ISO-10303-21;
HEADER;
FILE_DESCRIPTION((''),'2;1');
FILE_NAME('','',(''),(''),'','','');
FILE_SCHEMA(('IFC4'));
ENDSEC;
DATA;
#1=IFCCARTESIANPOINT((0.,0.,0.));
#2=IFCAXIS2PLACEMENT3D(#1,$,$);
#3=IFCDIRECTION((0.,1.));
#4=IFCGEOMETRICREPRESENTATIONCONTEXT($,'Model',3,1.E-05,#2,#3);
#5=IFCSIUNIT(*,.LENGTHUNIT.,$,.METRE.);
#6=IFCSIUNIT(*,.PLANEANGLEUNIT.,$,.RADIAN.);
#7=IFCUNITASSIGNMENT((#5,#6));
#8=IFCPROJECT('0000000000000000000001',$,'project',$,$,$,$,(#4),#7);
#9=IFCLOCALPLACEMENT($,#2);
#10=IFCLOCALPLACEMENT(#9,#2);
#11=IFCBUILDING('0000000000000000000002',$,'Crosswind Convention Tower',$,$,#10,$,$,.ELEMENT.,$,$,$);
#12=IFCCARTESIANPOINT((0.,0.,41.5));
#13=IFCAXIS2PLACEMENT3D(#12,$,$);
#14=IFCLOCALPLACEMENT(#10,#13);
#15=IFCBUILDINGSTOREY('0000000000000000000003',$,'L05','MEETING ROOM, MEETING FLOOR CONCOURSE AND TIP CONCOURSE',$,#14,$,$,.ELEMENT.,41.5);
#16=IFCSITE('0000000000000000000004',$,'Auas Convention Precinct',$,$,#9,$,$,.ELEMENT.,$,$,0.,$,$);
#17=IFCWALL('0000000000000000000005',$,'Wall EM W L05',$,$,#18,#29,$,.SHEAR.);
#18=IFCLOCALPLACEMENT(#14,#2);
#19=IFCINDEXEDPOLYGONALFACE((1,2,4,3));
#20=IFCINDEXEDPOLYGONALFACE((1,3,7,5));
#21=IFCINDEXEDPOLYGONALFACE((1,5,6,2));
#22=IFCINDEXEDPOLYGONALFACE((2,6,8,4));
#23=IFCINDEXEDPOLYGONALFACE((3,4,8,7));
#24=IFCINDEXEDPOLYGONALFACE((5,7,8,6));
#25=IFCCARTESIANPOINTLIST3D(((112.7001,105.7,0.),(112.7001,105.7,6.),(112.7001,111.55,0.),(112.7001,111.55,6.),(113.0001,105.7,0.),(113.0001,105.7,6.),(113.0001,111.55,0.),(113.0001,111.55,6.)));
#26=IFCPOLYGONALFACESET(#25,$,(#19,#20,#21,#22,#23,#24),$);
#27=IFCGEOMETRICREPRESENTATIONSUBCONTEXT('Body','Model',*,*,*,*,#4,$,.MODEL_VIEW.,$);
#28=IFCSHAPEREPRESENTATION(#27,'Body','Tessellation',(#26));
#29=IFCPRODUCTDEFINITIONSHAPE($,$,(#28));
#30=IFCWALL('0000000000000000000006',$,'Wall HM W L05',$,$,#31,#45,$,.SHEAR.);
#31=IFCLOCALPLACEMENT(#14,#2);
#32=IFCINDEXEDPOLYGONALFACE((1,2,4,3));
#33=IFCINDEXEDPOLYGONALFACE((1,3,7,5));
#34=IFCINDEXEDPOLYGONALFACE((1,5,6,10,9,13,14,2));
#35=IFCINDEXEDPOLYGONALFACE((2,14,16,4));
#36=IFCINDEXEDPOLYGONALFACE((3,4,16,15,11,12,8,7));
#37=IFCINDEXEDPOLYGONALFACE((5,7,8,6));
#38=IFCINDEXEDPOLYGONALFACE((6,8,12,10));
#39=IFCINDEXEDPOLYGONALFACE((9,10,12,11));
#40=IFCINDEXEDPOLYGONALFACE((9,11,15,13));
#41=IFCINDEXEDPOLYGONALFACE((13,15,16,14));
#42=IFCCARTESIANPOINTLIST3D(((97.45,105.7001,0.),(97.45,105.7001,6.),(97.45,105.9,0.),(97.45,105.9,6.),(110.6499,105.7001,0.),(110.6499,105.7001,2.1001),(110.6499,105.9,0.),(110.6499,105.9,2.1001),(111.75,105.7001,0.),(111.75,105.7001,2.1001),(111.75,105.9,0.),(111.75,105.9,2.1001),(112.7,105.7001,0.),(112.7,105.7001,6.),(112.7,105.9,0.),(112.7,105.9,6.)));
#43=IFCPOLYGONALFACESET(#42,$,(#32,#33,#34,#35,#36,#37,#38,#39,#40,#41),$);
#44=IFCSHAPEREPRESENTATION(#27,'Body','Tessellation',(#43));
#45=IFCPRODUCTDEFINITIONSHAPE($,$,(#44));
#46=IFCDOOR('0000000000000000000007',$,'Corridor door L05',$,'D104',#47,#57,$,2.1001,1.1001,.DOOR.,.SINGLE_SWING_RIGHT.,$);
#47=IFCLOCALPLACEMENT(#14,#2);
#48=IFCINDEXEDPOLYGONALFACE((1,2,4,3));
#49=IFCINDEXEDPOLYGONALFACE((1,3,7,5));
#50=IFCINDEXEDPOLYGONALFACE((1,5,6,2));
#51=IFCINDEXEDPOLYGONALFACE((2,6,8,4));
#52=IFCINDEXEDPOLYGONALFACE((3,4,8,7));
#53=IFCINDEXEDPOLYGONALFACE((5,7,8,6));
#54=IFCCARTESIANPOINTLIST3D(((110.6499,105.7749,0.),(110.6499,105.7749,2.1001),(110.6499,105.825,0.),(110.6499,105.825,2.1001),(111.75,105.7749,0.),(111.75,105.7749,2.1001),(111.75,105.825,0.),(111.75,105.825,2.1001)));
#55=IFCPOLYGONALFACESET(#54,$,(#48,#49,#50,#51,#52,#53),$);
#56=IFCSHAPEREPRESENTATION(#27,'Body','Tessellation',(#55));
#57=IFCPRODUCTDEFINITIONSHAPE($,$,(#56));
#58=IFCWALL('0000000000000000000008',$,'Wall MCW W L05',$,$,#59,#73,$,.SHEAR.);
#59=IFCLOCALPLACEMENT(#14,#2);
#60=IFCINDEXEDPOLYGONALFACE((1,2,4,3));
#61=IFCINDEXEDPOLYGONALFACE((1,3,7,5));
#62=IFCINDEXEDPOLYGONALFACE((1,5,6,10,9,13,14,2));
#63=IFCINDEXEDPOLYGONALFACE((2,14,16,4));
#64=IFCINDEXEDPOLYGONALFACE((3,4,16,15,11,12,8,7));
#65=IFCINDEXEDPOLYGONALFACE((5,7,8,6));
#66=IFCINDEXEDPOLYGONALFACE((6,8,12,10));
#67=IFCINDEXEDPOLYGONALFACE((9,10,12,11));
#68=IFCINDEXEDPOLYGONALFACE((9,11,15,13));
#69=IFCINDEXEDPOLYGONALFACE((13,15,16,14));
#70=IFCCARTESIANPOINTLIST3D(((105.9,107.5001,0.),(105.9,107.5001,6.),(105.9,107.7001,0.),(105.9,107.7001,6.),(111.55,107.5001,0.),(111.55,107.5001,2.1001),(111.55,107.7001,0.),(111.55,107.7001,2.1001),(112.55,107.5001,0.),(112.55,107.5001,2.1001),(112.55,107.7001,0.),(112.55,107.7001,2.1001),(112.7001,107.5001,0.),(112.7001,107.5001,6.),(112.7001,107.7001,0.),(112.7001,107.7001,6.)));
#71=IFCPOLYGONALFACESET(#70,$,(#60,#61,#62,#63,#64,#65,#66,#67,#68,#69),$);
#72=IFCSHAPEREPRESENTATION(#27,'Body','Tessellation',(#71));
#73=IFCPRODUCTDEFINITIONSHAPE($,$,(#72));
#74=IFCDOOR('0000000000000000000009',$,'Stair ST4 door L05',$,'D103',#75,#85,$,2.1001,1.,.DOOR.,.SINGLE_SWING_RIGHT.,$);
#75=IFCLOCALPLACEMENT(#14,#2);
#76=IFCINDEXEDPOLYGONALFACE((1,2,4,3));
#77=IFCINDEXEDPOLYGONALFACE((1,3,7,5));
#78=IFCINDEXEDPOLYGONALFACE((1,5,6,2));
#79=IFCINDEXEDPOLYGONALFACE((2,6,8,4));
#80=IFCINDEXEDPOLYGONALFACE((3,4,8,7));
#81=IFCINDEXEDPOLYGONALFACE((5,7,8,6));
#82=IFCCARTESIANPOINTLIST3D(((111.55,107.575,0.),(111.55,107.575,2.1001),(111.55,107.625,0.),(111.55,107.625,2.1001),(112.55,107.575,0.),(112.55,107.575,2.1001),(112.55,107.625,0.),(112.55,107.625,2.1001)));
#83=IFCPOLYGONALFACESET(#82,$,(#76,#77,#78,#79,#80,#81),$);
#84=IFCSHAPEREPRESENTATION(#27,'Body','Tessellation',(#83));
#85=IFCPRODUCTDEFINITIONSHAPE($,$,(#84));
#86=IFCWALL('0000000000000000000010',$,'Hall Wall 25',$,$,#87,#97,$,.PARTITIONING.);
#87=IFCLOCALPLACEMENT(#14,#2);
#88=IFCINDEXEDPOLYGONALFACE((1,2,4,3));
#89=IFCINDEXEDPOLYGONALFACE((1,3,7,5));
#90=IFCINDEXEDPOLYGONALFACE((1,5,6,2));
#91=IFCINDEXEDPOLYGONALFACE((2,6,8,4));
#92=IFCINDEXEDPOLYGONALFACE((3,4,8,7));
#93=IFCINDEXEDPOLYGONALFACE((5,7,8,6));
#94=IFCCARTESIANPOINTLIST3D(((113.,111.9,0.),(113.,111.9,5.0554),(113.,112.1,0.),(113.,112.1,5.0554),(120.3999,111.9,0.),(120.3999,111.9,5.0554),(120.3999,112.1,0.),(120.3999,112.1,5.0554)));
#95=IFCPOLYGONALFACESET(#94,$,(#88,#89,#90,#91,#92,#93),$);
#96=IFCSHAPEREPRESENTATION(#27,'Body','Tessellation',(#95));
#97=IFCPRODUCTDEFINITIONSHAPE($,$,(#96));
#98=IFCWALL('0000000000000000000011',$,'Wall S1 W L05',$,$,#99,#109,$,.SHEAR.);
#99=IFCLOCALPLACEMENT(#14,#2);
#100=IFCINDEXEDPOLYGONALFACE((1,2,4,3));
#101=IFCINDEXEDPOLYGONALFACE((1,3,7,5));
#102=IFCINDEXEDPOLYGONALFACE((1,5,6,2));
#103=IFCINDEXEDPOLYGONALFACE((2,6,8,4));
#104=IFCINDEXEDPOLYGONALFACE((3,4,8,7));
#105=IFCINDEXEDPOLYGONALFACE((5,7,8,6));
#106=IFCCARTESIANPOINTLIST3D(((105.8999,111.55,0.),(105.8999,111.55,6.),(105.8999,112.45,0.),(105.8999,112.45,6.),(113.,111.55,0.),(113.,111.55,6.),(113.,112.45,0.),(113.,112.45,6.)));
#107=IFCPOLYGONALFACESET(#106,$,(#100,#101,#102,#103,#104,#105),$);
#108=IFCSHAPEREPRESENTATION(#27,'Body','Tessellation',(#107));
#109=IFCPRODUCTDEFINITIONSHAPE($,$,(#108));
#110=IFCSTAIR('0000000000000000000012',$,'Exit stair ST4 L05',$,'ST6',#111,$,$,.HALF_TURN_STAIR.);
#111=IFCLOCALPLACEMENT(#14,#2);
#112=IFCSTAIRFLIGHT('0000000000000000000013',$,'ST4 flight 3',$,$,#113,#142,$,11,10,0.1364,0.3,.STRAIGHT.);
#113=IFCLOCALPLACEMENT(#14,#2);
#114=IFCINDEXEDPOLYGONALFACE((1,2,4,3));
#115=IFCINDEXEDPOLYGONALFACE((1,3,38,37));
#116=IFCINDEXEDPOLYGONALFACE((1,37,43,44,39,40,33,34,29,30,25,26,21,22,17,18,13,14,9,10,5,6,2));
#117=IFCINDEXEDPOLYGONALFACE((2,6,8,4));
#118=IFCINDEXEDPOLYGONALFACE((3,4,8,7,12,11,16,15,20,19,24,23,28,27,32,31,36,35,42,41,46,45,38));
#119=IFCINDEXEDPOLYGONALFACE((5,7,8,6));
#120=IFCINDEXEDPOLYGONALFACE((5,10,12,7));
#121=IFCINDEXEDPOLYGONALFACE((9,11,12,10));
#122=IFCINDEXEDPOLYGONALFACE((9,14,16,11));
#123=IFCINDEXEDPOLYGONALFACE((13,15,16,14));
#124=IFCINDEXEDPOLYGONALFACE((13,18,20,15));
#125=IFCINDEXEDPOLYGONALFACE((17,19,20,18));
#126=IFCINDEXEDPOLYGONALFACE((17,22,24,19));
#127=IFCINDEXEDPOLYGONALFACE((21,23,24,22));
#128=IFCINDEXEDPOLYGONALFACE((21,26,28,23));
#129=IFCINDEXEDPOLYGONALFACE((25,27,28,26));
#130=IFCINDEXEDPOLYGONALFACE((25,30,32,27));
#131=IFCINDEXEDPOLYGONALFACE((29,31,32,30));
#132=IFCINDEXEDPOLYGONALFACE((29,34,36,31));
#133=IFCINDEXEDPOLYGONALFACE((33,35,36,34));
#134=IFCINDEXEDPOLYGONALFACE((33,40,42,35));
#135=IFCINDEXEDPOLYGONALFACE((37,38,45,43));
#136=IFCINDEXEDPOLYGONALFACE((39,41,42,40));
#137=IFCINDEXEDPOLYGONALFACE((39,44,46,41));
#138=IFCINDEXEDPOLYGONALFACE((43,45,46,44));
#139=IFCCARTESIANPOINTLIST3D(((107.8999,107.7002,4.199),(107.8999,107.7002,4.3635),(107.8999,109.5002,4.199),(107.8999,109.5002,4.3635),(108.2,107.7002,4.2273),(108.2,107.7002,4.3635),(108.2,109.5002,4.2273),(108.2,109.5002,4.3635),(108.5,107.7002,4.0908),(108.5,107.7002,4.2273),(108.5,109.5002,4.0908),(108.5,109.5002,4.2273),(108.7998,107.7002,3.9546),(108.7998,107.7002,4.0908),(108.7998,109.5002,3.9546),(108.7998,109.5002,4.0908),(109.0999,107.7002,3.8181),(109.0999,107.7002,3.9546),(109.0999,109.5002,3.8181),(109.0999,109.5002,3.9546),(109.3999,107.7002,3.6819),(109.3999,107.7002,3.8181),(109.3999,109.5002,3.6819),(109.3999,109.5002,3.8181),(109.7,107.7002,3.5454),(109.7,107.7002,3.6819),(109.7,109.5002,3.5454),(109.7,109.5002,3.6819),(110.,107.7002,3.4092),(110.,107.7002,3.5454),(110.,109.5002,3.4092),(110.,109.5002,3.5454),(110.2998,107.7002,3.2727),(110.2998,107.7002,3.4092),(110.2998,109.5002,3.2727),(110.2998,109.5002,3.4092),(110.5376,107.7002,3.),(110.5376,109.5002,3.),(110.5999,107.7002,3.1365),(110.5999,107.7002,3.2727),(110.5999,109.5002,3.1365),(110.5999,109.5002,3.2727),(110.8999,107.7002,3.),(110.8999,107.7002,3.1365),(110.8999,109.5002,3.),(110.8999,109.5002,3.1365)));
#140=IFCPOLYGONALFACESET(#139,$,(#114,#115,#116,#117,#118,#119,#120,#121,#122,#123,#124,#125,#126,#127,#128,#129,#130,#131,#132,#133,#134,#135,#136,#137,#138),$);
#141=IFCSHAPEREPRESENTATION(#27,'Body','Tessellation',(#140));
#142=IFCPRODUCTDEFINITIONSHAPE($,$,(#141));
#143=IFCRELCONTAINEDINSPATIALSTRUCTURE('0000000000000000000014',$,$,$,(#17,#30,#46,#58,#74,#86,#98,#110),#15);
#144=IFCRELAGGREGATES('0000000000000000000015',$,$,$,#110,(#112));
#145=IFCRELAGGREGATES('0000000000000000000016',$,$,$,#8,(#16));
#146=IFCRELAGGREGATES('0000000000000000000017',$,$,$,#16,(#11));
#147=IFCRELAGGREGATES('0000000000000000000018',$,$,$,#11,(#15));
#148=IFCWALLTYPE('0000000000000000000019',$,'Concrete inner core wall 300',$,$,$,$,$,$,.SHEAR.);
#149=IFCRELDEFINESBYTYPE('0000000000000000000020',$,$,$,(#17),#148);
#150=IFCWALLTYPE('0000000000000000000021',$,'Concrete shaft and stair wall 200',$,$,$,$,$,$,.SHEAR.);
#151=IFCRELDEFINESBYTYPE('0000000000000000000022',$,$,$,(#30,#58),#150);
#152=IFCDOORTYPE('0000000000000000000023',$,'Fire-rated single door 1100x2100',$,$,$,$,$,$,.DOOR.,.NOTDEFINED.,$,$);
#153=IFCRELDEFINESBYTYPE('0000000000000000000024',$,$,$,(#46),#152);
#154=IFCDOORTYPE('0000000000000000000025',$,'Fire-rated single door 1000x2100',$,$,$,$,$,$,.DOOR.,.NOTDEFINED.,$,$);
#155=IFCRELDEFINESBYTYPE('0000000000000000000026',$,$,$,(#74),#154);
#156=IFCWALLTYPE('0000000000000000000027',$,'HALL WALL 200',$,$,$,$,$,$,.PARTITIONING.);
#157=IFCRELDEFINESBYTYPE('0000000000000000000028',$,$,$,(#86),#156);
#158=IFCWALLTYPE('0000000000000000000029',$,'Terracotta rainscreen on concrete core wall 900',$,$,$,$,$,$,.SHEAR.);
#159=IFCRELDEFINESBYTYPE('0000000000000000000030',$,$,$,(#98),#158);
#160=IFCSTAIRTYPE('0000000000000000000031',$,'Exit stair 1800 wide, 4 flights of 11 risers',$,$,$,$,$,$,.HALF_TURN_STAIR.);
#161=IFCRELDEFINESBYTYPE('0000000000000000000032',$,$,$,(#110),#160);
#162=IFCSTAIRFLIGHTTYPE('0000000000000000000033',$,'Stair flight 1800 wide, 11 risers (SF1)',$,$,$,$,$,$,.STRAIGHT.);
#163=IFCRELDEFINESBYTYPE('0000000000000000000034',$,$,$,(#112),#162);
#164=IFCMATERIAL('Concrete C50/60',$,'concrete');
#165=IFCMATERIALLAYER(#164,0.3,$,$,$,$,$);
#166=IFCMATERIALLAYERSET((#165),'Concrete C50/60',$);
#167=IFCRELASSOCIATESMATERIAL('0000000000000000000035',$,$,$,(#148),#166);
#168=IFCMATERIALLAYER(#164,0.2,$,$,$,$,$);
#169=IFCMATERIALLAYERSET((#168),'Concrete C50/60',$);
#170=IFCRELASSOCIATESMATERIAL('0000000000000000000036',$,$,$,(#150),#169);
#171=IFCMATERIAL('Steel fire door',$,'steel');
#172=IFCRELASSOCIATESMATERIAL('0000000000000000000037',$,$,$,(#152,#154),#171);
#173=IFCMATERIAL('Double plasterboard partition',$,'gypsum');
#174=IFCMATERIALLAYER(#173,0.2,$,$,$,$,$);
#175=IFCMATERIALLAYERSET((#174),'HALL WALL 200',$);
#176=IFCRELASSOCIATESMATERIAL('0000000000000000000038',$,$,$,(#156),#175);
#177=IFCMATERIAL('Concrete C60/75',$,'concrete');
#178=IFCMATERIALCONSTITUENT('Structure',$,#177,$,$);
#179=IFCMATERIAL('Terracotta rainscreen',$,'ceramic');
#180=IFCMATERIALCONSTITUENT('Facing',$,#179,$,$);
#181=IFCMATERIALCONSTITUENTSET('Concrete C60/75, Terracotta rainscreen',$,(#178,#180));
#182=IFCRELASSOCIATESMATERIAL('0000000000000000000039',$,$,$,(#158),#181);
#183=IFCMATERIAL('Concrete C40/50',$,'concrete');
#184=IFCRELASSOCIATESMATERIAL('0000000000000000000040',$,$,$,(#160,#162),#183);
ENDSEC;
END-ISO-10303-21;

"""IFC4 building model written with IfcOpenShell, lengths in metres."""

from ifc_helpers import new_model, si_unit, direction, frame, frame_2d, origin, place, context, subcontext, project, spatial, polyline, rectangle, outline, extrude, material, layer, layer_set, constituent, constituent_set, type_object, element, fill, aggregate, save


model = new_model("IFC4")

# Units and contexts
model_context = context("Model", 3, precision=1e-05, world=origin(), true_north=direction((0.0, 1.0)))
body_context = subcontext(model_context, "Body", "Model", "MODEL_VIEW")
ifc_project = project(units=[si_unit("LENGTHUNIT", "METRE"), si_unit("PLANEANGLEUNIT", "RADIAN")], contexts=[model_context])

# Site, building, storey
site_placement = place(None, origin())
site = spatial("IfcSite", under=ifc_project, at=site_placement, Name="Auas Convention Precinct", CompositionType="ELEMENT", RefElevation=0.0)
building_placement = place(site_placement, origin())
building = spatial("IfcBuilding", under=site, at=building_placement, Name="Crosswind Convention Tower", CompositionType="ELEMENT")
storey_placement = place(building_placement, frame((0.0, 0.0, 41.5)))
storey = spatial("IfcBuildingStorey", under=building, at=storey_placement, Name="L05", Description="MEETING ROOM, MEETING FLOOR CONCOURSE AND TIP CONCOURSE", CompositionType="ELEMENT", Elevation=41.5)

# Shared definitions
ifc_material_1 = material(Name="Concrete C50/60", Category="concrete")
ifc_layer_1 = layer(ifc_material_1, 0.3)
ifc_layer_set_1 = layer_set([ifc_layer_1], Name="Concrete C50/60")
wall_type_1 = type_object("IfcWallType", Name="Concrete inner core wall 300", PredefinedType="SHEAR", material=ifc_layer_set_1)

# Wall
wall_1_placement = place(storey_placement, frame((112.8501, 111.55, 0.0), z_axis=(0.0, 0.0, 1.0), x_axis=(0.0, -1.0, 0.0)))
element("IfcWall", 1, at=wall_1_placement, inside=storey, type_object=wall_type_1, Name="Wall EM W L05", PredefinedType="SHEAR", context=body_context, shape_type="SweptSolid", body=[
    extrude(rectangle(XDim=5.8501, YDim=0.3, at=frame_2d((2.925, 0.0))), origin(), (0.0, 0.0, 1.0), 6.0),
])

# Walls, openings, doors
ifc_layer_2 = layer(ifc_material_1, 0.2)
ifc_layer_set_2 = layer_set([ifc_layer_2], Name="Concrete C50/60")
wall_type_2 = type_object("IfcWallType", Name="Concrete shaft and stair wall 200", PredefinedType="SHEAR", material=ifc_layer_set_2)
wall_2_placement = place(storey_placement, frame((112.7, 105.8, 0.0), z_axis=(0.0, 0.0, 1.0), x_axis=(-1.0, 0.0, 0.0)))
wall_2 = element("IfcWall", 2, at=wall_2_placement, inside=storey, type_object=wall_type_2, Name="Wall HM W L05", PredefinedType="SHEAR", context=body_context, shape_type="SweptSolid", body=[
    extrude(rectangle(XDim=15.25, YDim=0.2, at=frame_2d((7.625, 0.0))), origin(), (0.0, 0.0, 1.0), 6.0),
])
opening_1_placement = place(wall_2_placement, frame((0.95, 0.0, 0.0)))
opening_1 = element("IfcOpeningElement", 3, at=opening_1_placement, cuts=wall_2, PredefinedType="OPENING", context=body_context, shape_type="SweptSolid", body=[
    extrude(rectangle(XDim=1.1001, YDim=2.1001, at=frame_2d((0.55, 1.05))), frame((0.0, 0.1099, 0.0), z_axis=(0.0, -1.0, 0.0), x_axis=(1.0, 0.0, 0.0)), (0.0, 0.0, 1.0), 0.22),
])
ifc_material_2 = material(Name="Steel fire door", Category="steel")
door_type_1 = type_object("IfcDoorType", Name="Fire-rated single door 1100x2100", OperationType="NOTDEFINED", PredefinedType="DOOR", material=ifc_material_2)
door_1_placement = place(opening_1_placement, frame((1.1001, 0.0, 0.0), z_axis=(0.0, 0.0, 1.0), x_axis=(-1.0, 0.0, 0.0)))
door_1 = element("IfcDoor", 4, at=door_1_placement, inside=storey, type_object=door_type_1, Name="Corridor door L05", ObjectType="D104", OperationType="SINGLE_SWING_RIGHT", OverallHeight=2.1001, OverallWidth=1.1001, PredefinedType="DOOR", context=body_context, shape_type="SweptSolid", body=[
    extrude(rectangle(XDim=1.1001, YDim=2.1001, at=frame_2d((0.55, 1.05))), frame((0.0, 0.0249, 0.0), z_axis=(0.0, -1.0, 0.0), x_axis=(1.0, 0.0, 0.0)), (0.0, 0.0, 1.0), 0.05),
])
fill(opening_1, door_1)
wall_3_placement = place(storey_placement, frame((112.7, 107.6001, 0.0), z_axis=(0.0, 0.0, 1.0), x_axis=(-1.0, 0.0, 0.0)))
wall_3 = element("IfcWall", 5, at=wall_3_placement, inside=storey, type_object=wall_type_2, Name="Wall MCW W L05", PredefinedType="SHEAR", context=body_context, shape_type="SweptSolid", body=[
    extrude(rectangle(XDim=6.8, YDim=0.2, at=frame_2d((3.3999, 0.0))), origin(), (0.0, 0.0, 1.0), 6.0),
])
opening_2_placement = place(wall_3_placement, frame((0.1499, 0.0, 0.0)))
opening_2 = element("IfcOpeningElement", 6, at=opening_2_placement, cuts=wall_3, PredefinedType="OPENING", context=body_context, shape_type="SweptSolid", body=[
    extrude(rectangle(XDim=1.0, YDim=2.1001, at=frame_2d((0.5, 1.05))), frame((0.0, 0.1099, 0.0), z_axis=(0.0, -1.0, 0.0), x_axis=(1.0, 0.0, 0.0)), (0.0, 0.0, 1.0), 0.22),
])
door_type_2 = type_object("IfcDoorType", Name="Fire-rated single door 1000x2100", OperationType="NOTDEFINED", PredefinedType="DOOR", material=ifc_material_2)
door_2_placement = place(opening_2_placement, frame((1.0, 0.0, 0.0), z_axis=(0.0, 0.0, 1.0), x_axis=(-1.0, 0.0, 0.0)))
door_2 = element("IfcDoor", 7, at=door_2_placement, inside=storey, type_object=door_type_2, Name="Stair ST4 door L05", ObjectType="D103", OperationType="SINGLE_SWING_RIGHT", OverallHeight=2.1001, OverallWidth=1.0, PredefinedType="DOOR", context=body_context, shape_type="SweptSolid", body=[
    extrude(rectangle(XDim=1.0, YDim=2.1001, at=frame_2d((0.5, 1.05))), frame((0.0, 0.0249, 0.0), z_axis=(0.0, -1.0, 0.0), x_axis=(1.0, 0.0, 0.0)), (0.0, 0.0, 1.0), 0.05),
])
fill(opening_2, door_2)

# Walls
ifc_material_3 = material(Name="Double plasterboard partition", Category="gypsum")
ifc_layer_3 = layer(ifc_material_3, 0.2)
ifc_layer_set_3 = layer_set([ifc_layer_3], Name="HALL WALL 200")
wall_type_3 = type_object("IfcWallType", Name="HALL WALL 200", PredefinedType="PARTITIONING", material=ifc_layer_set_3)
wall_4_placement = place(storey_placement, frame((113.0, 112.0, 0.0), z_axis=(0.0, 0.0, 1.0), x_axis=(1.0, 0.0, 0.0)))
element("IfcWall", 8, at=wall_4_placement, inside=storey, type_object=wall_type_3, Name="Hall Wall 25", PredefinedType="PARTITIONING", context=body_context, shape_type="SweptSolid", body=[
    extrude(rectangle(XDim=7.3999, YDim=0.2, at=frame_2d((3.7, 0.0))), origin(), (0.0, 0.0, 1.0), 5.0554),
])
ifc_material_4 = material(Name="Concrete C60/75", Category="concrete")
ifc_constituent_1 = constituent(ifc_material_4, Name="Structure")
ifc_material_5 = material(Name="Terracotta rainscreen", Category="ceramic")
ifc_constituent_2 = constituent(ifc_material_5, Name="Facing")
ifc_constituent_set = constituent_set(constituents=[ifc_constituent_1, ifc_constituent_2], Name="Concrete C60/75, Terracotta rainscreen")
wall_type_4 = type_object("IfcWallType", Name="Terracotta rainscreen on concrete core wall 900", PredefinedType="SHEAR", material=ifc_constituent_set)
wall_5_placement = place(storey_placement, frame((113.0, 112.0, 0.0), z_axis=(0.0, 0.0, 1.0), x_axis=(-1.0, 0.0, 0.0)))
element("IfcWall", 9, at=wall_5_placement, inside=storey, type_object=wall_type_4, Name="Wall S1 W L05", PredefinedType="SHEAR", context=body_context, shape_type="SweptSolid", body=[
    extrude(rectangle(XDim=7.1001, YDim=0.8999, at=frame_2d((3.55, 0.0))), origin(), (0.0, 0.0, 1.0), 6.0),
])

# Stair, stair flight
ifc_material_6 = material(Name="Concrete C40/50", Category="concrete")
stair_type = type_object("IfcStairType", Name="Exit stair 1800 wide, 4 flights of 11 risers", PredefinedType="HALF_TURN_STAIR", material=ifc_material_6)
stair_placement = place(storey_placement, origin())
stair = element("IfcStair", 10, at=stair_placement, inside=storey, type_object=stair_type, Name="Exit stair ST4 L05", ObjectType="ST6", PredefinedType="HALF_TURN_STAIR")
stair_flight_type = type_object("IfcStairFlightType", Name="Stair flight 1800 wide, 11 risers (SF1)", PredefinedType="STRAIGHT", material=ifc_material_6)
stair_flight_placement = place(storey_placement, frame((110.8999, 108.6001, 3.0), z_axis=(0.0, 0.0, 1.0), x_axis=(-1.0, 0.0, 0.0)))
stair_flight = element("IfcStairFlight", 11, at=stair_flight_placement, type_object=stair_flight_type, Name="ST4 flight 3", NumberOfRisers=11, NumberOfTreads=10, PredefinedType="STRAIGHT", RiserHeight=0.1364, TreadLength=0.3, context=body_context, shape_type="SweptSolid", body=[
    extrude(outline(polyline([(0.0, 0.0), (0.0, 0.1365), (0.3, 0.1365), (0.3, 0.2727), (0.6001, 0.2727), (0.6001, 0.4092), (0.8999, 0.4092), (0.8999, 0.5454), (1.2, 0.5454), (1.2, 0.6819), (1.5, 0.6819), (1.5, 0.8181), (1.8, 0.8181), (1.8, 0.9546), (2.1001, 0.9546), (2.1001, 1.0908), (2.3999, 1.0908), (2.3999, 1.2273), (2.7, 1.2273), (2.7, 1.3635), (3.0, 1.3635), (3.0, 1.5), (3.0, 1.199), (0.3623, 0.0), (0.0, 0.0)])), frame((0.0, 0.8999, 0.0), z_axis=(0.0, -1.0, 0.0), x_axis=(1.0, 0.0, 0.0)), (0.0, 0.0, 1.0), 1.8),
])
aggregate(stair, [stair_flight])

save(model, "model.ifc")
